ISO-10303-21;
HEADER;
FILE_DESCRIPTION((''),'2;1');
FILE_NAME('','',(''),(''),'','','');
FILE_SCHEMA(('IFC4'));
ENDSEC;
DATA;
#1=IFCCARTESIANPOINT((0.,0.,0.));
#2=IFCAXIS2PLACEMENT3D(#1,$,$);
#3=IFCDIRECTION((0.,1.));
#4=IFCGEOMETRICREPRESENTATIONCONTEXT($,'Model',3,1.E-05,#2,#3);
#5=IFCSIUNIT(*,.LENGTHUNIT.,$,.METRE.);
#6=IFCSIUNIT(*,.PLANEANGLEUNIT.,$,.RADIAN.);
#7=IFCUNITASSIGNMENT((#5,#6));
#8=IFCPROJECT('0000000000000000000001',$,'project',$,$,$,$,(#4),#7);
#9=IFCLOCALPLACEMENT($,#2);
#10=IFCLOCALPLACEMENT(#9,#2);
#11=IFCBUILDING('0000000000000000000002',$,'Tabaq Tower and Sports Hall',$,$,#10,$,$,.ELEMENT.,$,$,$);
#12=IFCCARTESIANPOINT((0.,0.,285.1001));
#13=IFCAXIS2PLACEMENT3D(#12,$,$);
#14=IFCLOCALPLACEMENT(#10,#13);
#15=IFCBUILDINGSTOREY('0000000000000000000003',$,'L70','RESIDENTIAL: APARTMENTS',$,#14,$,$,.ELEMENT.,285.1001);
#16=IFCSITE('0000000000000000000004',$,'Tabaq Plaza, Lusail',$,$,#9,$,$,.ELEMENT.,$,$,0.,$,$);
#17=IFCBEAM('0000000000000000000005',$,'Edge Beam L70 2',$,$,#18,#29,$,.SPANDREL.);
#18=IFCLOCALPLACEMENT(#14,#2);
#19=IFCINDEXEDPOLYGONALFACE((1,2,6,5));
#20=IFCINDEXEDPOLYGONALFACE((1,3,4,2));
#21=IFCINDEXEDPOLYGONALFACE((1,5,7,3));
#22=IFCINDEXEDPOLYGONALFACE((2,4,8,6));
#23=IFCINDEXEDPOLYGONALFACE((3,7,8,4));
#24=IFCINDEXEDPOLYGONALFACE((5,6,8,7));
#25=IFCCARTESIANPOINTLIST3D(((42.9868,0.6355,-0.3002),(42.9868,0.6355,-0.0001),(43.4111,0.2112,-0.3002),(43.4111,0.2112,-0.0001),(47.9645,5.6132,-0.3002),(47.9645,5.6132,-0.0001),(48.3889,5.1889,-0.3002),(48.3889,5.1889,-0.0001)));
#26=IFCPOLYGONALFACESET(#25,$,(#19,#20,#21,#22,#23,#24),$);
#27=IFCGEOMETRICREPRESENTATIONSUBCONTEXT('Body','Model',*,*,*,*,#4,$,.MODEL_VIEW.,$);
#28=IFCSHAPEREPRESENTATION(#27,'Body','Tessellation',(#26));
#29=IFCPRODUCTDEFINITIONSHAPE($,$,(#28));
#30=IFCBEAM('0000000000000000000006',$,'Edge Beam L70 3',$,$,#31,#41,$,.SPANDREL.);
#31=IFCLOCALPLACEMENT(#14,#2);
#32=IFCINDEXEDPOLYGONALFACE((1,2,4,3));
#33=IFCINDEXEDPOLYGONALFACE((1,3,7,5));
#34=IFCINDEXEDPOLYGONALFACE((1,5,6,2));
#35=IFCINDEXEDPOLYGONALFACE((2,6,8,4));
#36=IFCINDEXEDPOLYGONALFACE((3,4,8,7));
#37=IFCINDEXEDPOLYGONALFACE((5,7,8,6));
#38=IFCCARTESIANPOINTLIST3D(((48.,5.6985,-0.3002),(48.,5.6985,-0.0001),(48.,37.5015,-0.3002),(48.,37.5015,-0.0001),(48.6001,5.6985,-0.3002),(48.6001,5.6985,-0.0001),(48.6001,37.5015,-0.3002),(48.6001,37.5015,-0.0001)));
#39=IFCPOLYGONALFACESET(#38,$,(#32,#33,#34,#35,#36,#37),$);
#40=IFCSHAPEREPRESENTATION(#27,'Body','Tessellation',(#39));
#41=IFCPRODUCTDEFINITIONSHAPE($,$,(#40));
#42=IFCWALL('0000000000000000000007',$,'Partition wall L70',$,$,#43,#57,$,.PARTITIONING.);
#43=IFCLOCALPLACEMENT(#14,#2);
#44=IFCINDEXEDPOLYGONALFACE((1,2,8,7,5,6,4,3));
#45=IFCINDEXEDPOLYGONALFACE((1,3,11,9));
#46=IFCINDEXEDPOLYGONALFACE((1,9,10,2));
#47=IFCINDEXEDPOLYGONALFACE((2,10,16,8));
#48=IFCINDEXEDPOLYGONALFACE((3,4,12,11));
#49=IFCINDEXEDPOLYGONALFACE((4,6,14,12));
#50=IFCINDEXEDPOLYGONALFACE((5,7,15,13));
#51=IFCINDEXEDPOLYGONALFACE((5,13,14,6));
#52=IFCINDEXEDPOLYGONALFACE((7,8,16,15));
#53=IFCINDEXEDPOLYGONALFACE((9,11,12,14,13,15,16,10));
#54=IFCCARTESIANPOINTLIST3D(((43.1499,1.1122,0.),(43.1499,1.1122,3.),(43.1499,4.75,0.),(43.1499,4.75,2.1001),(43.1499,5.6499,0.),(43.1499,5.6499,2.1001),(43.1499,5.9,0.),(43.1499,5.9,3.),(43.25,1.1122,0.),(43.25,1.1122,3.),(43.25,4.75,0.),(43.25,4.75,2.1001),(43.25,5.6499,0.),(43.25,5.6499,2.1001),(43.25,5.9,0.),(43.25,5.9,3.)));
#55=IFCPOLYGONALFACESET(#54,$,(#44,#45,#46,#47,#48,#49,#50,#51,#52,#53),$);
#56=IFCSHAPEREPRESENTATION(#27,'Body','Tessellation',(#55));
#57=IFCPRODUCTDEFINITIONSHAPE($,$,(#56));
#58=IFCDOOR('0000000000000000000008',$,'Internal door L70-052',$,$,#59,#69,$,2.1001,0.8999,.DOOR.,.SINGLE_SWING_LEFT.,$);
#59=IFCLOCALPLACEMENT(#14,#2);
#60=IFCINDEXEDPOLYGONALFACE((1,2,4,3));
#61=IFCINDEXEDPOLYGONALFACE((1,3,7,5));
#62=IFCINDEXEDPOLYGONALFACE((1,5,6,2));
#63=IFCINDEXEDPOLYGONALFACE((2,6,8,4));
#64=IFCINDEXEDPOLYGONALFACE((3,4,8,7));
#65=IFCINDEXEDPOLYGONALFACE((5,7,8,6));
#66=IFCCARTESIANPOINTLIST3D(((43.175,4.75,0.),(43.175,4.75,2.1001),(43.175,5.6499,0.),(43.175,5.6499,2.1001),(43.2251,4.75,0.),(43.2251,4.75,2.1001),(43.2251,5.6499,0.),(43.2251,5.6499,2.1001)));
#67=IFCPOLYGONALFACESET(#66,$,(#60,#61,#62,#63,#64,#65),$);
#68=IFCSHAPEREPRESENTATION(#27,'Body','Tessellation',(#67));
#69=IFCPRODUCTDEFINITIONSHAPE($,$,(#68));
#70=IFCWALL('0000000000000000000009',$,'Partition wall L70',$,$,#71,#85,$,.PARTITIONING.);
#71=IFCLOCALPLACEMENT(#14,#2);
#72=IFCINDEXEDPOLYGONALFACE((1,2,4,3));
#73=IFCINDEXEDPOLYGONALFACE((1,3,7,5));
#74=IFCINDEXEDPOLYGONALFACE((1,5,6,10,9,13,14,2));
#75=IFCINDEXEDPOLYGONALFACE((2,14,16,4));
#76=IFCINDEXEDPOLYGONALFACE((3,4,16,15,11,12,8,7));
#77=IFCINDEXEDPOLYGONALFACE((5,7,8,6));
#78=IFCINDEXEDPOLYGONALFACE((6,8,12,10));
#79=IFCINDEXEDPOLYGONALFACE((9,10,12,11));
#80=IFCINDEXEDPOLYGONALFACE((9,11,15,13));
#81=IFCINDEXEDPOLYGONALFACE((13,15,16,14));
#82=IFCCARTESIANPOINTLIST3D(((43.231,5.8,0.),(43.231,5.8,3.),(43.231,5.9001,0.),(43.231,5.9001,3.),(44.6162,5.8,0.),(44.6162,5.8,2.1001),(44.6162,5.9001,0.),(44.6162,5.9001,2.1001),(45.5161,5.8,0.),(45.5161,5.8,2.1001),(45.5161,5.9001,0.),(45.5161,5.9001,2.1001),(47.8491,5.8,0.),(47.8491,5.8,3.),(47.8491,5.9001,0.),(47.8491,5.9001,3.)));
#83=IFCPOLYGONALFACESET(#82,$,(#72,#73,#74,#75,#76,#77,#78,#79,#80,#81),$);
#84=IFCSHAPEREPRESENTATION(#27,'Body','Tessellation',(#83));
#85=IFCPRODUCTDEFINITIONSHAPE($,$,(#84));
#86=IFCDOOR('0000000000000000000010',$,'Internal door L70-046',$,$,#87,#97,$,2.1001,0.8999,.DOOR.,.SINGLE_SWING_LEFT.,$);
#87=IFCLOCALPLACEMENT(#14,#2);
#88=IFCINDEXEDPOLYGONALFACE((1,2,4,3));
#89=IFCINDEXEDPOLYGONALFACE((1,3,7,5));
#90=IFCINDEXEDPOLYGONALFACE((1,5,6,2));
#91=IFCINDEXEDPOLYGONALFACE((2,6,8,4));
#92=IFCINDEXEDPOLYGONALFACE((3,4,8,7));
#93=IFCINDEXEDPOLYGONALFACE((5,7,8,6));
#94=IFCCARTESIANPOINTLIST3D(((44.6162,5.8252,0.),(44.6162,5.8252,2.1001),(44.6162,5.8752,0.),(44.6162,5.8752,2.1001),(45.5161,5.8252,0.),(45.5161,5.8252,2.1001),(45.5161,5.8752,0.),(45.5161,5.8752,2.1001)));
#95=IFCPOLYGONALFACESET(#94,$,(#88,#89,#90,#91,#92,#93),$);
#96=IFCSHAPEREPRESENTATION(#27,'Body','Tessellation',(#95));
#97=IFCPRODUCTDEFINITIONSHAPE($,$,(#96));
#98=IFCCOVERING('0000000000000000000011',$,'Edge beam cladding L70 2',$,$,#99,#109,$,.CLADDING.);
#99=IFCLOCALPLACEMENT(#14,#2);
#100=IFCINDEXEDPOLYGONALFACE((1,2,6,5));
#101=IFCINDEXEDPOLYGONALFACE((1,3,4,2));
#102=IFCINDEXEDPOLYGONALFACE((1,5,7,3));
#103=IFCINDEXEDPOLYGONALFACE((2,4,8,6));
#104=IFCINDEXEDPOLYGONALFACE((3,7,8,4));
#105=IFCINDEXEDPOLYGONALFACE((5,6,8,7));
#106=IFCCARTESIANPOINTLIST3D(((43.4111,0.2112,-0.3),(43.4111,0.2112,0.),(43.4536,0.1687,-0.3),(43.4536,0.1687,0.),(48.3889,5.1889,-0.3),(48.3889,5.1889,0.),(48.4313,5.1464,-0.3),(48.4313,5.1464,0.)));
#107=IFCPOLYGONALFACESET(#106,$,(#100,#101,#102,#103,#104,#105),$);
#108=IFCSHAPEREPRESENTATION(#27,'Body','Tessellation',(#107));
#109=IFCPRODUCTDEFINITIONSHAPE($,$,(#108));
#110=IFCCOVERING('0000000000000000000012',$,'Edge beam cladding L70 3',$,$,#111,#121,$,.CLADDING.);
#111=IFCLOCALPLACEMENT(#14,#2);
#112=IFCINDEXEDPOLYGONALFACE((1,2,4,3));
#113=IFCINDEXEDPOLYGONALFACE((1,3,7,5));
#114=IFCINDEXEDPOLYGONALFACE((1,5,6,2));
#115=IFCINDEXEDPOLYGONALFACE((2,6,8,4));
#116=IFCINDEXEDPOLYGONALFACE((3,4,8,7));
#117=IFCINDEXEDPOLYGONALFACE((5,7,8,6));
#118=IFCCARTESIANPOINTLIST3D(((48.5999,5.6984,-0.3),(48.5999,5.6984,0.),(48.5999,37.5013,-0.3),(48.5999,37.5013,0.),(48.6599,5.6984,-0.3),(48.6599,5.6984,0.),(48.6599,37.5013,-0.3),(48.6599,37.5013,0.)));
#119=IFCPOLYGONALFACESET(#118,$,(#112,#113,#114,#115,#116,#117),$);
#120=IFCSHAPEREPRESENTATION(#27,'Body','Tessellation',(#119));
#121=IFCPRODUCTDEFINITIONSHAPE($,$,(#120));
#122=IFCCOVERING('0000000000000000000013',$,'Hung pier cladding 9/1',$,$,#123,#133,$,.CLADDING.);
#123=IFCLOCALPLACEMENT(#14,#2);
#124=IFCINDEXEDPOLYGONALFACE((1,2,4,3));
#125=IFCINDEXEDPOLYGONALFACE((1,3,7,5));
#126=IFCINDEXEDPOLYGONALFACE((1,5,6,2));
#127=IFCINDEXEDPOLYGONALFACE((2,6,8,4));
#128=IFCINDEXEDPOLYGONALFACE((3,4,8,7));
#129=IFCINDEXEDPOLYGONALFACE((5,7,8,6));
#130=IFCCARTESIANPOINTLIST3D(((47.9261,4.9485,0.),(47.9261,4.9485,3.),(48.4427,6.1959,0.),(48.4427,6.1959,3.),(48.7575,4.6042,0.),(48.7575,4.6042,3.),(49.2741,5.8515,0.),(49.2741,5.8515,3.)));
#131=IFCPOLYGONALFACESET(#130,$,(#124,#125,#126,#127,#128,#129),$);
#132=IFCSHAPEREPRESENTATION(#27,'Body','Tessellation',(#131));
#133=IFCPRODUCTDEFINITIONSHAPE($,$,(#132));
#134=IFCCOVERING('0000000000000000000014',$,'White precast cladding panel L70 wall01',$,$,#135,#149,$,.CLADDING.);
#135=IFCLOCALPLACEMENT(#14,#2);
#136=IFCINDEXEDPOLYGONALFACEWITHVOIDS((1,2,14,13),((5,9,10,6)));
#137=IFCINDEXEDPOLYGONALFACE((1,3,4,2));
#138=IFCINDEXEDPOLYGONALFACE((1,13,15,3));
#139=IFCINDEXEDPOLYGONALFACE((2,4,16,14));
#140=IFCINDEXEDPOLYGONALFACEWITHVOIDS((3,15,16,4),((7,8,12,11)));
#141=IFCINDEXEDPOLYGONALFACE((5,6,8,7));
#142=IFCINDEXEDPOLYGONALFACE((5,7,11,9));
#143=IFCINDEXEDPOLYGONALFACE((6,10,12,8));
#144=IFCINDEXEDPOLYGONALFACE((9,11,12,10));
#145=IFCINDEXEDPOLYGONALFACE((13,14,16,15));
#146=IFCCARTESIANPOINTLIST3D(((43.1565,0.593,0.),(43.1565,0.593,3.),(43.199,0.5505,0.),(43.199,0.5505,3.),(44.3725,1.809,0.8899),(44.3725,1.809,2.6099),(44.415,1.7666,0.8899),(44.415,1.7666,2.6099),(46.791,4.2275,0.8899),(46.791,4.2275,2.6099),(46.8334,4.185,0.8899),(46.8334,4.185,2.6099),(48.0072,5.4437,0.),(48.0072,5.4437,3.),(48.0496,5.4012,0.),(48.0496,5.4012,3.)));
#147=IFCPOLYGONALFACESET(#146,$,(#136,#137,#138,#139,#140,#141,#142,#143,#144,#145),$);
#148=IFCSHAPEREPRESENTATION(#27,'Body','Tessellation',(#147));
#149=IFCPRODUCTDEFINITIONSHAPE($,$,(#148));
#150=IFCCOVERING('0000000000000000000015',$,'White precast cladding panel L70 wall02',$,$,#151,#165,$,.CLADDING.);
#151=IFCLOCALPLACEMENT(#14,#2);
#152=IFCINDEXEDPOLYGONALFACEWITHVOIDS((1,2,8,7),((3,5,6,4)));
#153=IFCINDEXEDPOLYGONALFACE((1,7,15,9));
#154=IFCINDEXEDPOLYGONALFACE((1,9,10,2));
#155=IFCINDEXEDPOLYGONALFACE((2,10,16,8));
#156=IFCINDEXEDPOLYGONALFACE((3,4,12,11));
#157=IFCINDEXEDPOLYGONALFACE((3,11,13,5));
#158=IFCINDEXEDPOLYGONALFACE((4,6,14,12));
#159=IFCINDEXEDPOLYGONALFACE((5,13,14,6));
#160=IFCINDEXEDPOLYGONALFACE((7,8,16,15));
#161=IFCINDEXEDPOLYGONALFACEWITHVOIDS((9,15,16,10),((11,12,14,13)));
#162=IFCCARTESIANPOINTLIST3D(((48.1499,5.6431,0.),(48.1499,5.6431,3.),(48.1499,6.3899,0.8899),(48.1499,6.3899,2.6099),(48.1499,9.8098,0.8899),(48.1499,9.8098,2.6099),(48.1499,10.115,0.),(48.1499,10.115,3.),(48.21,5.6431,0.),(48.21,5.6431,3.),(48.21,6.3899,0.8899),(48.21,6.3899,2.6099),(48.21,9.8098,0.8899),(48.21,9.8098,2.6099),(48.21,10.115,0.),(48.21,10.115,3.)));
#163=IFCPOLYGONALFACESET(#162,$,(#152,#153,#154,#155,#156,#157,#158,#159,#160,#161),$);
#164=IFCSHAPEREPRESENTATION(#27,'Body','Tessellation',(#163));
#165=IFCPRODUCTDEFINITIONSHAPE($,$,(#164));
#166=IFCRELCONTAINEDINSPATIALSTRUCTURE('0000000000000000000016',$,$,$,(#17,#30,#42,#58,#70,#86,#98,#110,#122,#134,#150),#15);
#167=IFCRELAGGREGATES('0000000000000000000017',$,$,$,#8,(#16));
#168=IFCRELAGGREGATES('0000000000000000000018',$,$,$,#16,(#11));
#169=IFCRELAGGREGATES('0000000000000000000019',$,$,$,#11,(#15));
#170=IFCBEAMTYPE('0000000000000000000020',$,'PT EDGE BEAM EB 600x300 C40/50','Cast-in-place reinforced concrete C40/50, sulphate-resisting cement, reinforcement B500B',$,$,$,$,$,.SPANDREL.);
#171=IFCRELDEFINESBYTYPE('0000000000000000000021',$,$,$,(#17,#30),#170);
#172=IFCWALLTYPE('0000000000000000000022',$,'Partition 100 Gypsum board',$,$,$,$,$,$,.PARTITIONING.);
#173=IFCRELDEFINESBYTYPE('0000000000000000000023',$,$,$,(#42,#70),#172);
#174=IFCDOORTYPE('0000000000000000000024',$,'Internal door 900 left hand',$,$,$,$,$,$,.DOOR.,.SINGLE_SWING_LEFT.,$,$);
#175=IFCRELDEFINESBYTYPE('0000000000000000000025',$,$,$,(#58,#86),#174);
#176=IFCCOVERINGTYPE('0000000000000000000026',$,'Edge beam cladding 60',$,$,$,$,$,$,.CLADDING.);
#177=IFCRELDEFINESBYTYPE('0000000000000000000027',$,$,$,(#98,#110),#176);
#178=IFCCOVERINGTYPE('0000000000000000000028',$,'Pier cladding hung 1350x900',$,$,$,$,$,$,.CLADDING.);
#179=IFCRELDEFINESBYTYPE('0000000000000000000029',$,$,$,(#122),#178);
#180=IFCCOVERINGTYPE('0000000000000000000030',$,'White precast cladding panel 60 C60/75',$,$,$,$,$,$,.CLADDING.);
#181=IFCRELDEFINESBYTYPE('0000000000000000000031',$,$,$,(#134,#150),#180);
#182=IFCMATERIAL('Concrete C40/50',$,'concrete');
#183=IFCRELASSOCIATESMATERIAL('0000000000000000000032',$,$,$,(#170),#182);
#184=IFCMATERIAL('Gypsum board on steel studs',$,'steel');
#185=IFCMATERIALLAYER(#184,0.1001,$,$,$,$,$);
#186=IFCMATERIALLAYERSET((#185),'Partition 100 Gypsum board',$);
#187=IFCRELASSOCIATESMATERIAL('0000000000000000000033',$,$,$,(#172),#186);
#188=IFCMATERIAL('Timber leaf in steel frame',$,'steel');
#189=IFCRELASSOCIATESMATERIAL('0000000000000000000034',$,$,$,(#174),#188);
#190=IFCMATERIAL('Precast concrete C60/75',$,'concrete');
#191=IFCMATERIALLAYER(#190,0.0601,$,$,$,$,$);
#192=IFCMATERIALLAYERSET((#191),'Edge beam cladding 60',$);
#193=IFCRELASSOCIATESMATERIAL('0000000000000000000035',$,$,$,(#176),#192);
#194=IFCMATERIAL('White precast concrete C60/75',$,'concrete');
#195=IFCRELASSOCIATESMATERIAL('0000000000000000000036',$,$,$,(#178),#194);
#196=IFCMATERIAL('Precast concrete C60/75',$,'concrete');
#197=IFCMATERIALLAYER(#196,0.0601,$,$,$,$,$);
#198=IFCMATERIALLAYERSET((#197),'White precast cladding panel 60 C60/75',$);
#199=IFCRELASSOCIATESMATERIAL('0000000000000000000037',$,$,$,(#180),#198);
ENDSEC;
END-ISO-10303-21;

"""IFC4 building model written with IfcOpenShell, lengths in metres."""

from ifc_helpers import new_model, si_unit, direction, frame, frame_2d, origin, origin_2d, place, context, subcontext, project, spatial, polyline, rectangle, outline, extrude, material, layer, layer_set, material_profile, profile_set, type_object, element, fill, save


model = new_model("IFC4")

# Units and contexts
model_context = context("Model", 3, precision=1e-05, world=origin(), true_north=direction((0.0, 1.0)))
body_context = subcontext(model_context, "Body", "Model", "MODEL_VIEW")
ifc_project = project(units=[si_unit("LENGTHUNIT", "METRE"), si_unit("PLANEANGLEUNIT", "RADIAN")], contexts=[model_context])

# Site, building, storey
site_placement = place(None, origin())
site = spatial("IfcSite", under=ifc_project, at=site_placement, Name="Tabaq Plaza, Lusail", CompositionType="ELEMENT", RefElevation=0.0)
building_placement = place(site_placement, origin())
building = spatial("IfcBuilding", under=site, at=building_placement, Name="Tabaq Tower and Sports Hall", CompositionType="ELEMENT")
storey_placement = place(building_placement, frame((0.0, 0.0, 285.1001)))
storey = spatial("IfcBuildingStorey", under=building, at=storey_placement, Name="L70", Description="RESIDENTIAL: APARTMENTS", CompositionType="ELEMENT", Elevation=285.1001)

# Beams
ifc_material_1 = material(Name="Concrete C40/50", Category="concrete")
ifc_material_profile = material_profile(ifc_material_1, rectangle(XDim=0.6001, YDim=0.3, at=origin_2d()), Name="EB 600x300")
ifc_profile_set = profile_set([ifc_material_profile], Name="Concrete C40/50")
beam_type = type_object("IfcBeamType", Name="PT EDGE BEAM EB 600x300 C40/50", Description="Cast-in-place reinforced concrete C40/50, sulphate-resisting cement, reinforcement B500B", PredefinedType="SPANDREL", material=ifc_profile_set)
beam_1_placement = place(storey_placement, frame((43.199, 0.4233, -0.1501), z_axis=(0.707107, 0.707107, 0.0), x_axis=(-0.707107, 0.707107, 0.0)))
element("IfcBeam", 1, at=beam_1_placement, inside=storey, type_object=beam_type, Name="Edge Beam L70 2", PredefinedType="SPANDREL", context=body_context, shape_type="SweptSolid", body=[
    extrude(rectangle(XDim=0.6001, YDim=0.3, at=origin_2d()), origin(), (0.0, 0.0, 1.0), 7.0396),
])
beam_2_placement = place(storey_placement, frame((48.3, 5.6985, -0.1501), z_axis=(0.0, 1.0, 0.0), x_axis=(-1.0, 0.0, 0.0)))
element("IfcBeam", 2, at=beam_2_placement, inside=storey, type_object=beam_type, Name="Edge Beam L70 3", PredefinedType="SPANDREL", context=body_context, shape_type="SweptSolid", body=[
    extrude(rectangle(XDim=0.6001, YDim=0.3, at=origin_2d()), origin(), (0.0, 0.0, 1.0), 31.803),
])

# Walls, openings, doors
ifc_material_2 = material(Name="Gypsum board on steel studs", Category="steel")
ifc_layer_1 = layer(ifc_material_2, 0.1001)
ifc_layer_set_1 = layer_set([ifc_layer_1], Name="Partition 100 Gypsum board")
wall_type_1 = type_object("IfcWallType", Name="Partition 100 Gypsum board", PredefinedType="PARTITIONING", material=ifc_layer_set_1)
wall_1_placement = place(storey_placement, frame((43.2, 1.1121, 0.0), z_axis=(0.0, 0.0, 1.0), x_axis=(0.0, 1.0, 0.0)))
wall_1 = element("IfcWall", 3, at=wall_1_placement, inside=storey, type_object=wall_type_1, Name="Partition wall L70", PredefinedType="PARTITIONING", context=body_context, shape_type="SweptSolid", body=[
    extrude(rectangle(XDim=4.7878, YDim=0.1001, at=frame_2d((2.394, 0.0))), origin(), (0.0, 0.0, 1.0), 3.0),
])
opening_1_placement = place(wall_1_placement, frame((3.6379, 0.0, 0.0)))
opening_1 = element("IfcOpeningElement", 4, at=opening_1_placement, cuts=wall_1, PredefinedType="OPENING", context=body_context, shape_type="SweptSolid", body=[
    extrude(rectangle(XDim=0.8999, YDim=2.1001, at=frame_2d((0.45, 1.05))), frame((0.0, 0.05, 0.0), z_axis=(0.0, -1.0, 0.0), x_axis=(1.0, 0.0, 0.0)), (0.0, 0.0, 1.0), 0.1001),
])
ifc_material_3 = material(Name="Timber leaf in steel frame", Category="steel")
door_type = type_object("IfcDoorType", Name="Internal door 900 left hand", OperationType="SINGLE_SWING_LEFT", PredefinedType="DOOR", material=ifc_material_3)
door_1_placement = place(opening_1_placement, origin())
door_1 = element("IfcDoor", 5, at=door_1_placement, inside=storey, type_object=door_type, Name="Internal door L70-052", OperationType="SINGLE_SWING_LEFT", OverallHeight=2.1001, OverallWidth=0.8999, PredefinedType="DOOR", context=body_context, shape_type="SweptSolid", body=[
    extrude(rectangle(XDim=0.8999, YDim=2.1001, at=frame_2d((0.45, 1.05))), frame((0.0, 0.0249, 0.0), z_axis=(0.0, -1.0, 0.0), x_axis=(1.0, 0.0, 0.0)), (0.0, 0.0, 1.0), 0.05),
])
fill(opening_1, door_1)
wall_2_placement = place(storey_placement, frame((47.8491, 5.8501, 0.0), z_axis=(0.0, 0.0, 1.0), x_axis=(-1.0, 0.0, 0.0)))
wall_2 = element("IfcWall", 6, at=wall_2_placement, inside=storey, type_object=wall_type_1, Name="Partition wall L70", PredefinedType="PARTITIONING", context=body_context, shape_type="SweptSolid", body=[
    extrude(rectangle(XDim=4.6182, YDim=0.1001, at=frame_2d((2.3091, 0.0))), origin(), (0.0, 0.0, 1.0), 3.0),
])
opening_2_placement = place(wall_2_placement, frame((2.333, 0.0, 0.0)))
opening_2 = element("IfcOpeningElement", 7, at=opening_2_placement, cuts=wall_2, PredefinedType="OPENING", context=body_context, shape_type="SweptSolid", body=[
    extrude(rectangle(XDim=0.8999, YDim=2.1001, at=frame_2d((0.45, 1.05))), frame((0.0, 0.05, 0.0), z_axis=(0.0, -1.0, 0.0), x_axis=(1.0, 0.0, 0.0)), (0.0, 0.0, 1.0), 0.1001),
])
door_2_placement = place(opening_2_placement, origin())
door_2 = element("IfcDoor", 8, at=door_2_placement, inside=storey, type_object=door_type, Name="Internal door L70-046", OperationType="SINGLE_SWING_LEFT", OverallHeight=2.1001, OverallWidth=0.8999, PredefinedType="DOOR", context=body_context, shape_type="SweptSolid", body=[
    extrude(rectangle(XDim=0.8999, YDim=2.1001, at=frame_2d((0.45, 1.05))), frame((0.0, 0.0249, 0.0), z_axis=(0.0, -1.0, 0.0), x_axis=(1.0, 0.0, 0.0)), (0.0, 0.0, 1.0), 0.05),
])
fill(opening_2, door_2)

# Coverings
ifc_material_4 = material(Name="Precast concrete C60/75", Category="concrete")
ifc_layer_2 = layer(ifc_material_4, 0.0601)
ifc_layer_set_2 = layer_set([ifc_layer_2], Name="Edge beam cladding 60")
covering_type_1 = type_object("IfcCoveringType", Name="Edge beam cladding 60", PredefinedType="CLADDING", material=ifc_layer_set_2)
covering_1_placement = place(storey_placement, frame((43.4324, 0.1899, -0.3), z_axis=(0.0, 0.0, 1.0), x_axis=(0.707107, 0.707107, 0.0)))
element("IfcCovering", 9, at=covering_1_placement, inside=storey, type_object=covering_type_1, Name="Edge beam cladding L70 2", PredefinedType="CLADDING", context=body_context, shape_type="SweptSolid", body=[
    extrude(rectangle(XDim=7.0396, YDim=0.0601, at=frame_2d((3.5198, 0.0))), origin(), (0.0, 0.0, 1.0), 0.3),
])
covering_2_placement = place(storey_placement, frame((48.6299, 5.6985, -0.3), z_axis=(0.0, 0.0, 1.0), x_axis=(0.0, 1.0, 0.0)))
element("IfcCovering", 10, at=covering_2_placement, inside=storey, type_object=covering_type_1, Name="Edge beam cladding L70 3", PredefinedType="CLADDING", context=body_context, shape_type="SweptSolid", body=[
    extrude(rectangle(XDim=31.803, YDim=0.0601, at=frame_2d((15.9014, 0.0))), origin(), (0.0, 0.0, 1.0), 0.3),
])
ifc_material_5 = material(Name="White precast concrete C60/75", Category="concrete")
covering_type_2 = type_object("IfcCoveringType", Name="Pier cladding hung 1350x900", PredefinedType="CLADDING", material=ifc_material_5)
covering_3_placement = place(storey_placement, frame((48.3418, 4.7764, 0.0), z_axis=(0.0, 0.0, 1.0), x_axis=(0.38265, 0.923893, 0.0)))
element("IfcCovering", 11, at=covering_3_placement, inside=storey, type_object=covering_type_2, Name="Hung pier cladding 9/1", PredefinedType="CLADDING", context=body_context, shape_type="SweptSolid", body=[
    extrude(rectangle(XDim=1.3501, YDim=0.8999, at=frame_2d((0.675, 0.0))), origin(), (0.0, 0.0, 1.0), 3.0),
])
ifc_material_6 = material(Name="Precast concrete C60/75", Category="concrete")
ifc_layer_3 = layer(ifc_material_6, 0.0601)
ifc_layer_set_3 = layer_set([ifc_layer_3], Name="White precast cladding panel 60 C60/75")
covering_type_3 = type_object("IfcCoveringType", Name="White precast cladding panel 60 C60/75", PredefinedType="CLADDING", material=ifc_layer_set_3)
covering_4_placement = place(storey_placement, frame((43.1777, 0.5718, 0.0), z_axis=(0.0, 0.0, 1.0), x_axis=(0.707107, 0.707107, 0.0)))
element("IfcCovering", 12, at=covering_4_placement, inside=storey, type_object=covering_type_3, Name="White precast cladding panel L70 wall01", PredefinedType="CLADDING", context=body_context, shape_type="SweptSolid", body=[
    extrude(outline(polyline([(0.0, 0.0), (6.8599, 0.0), (6.8599, 3.0), (0.0, 3.0), (0.0, 0.0)]), holes=[polyline([(1.7197, 0.8899), (1.7197, 2.6099), (5.1399, 2.6099), (5.1399, 0.8899), (1.7197, 0.8899)])]), frame((0.0, 0.03, 0.0), z_axis=(0.0, -1.0, 0.0), x_axis=(1.0, 0.0, 0.0)), (0.0, 0.0, 1.0), 0.0601),
])
covering_5_placement = place(storey_placement, frame((48.1799, 5.6431, 0.0), z_axis=(0.0, 0.0, 1.0), x_axis=(0.0, 1.0, 0.0)))
element("IfcCovering", 13, at=covering_5_placement, inside=storey, type_object=covering_type_3, Name="White precast cladding panel L70 wall02", PredefinedType="CLADDING", context=body_context, shape_type="SweptSolid", body=[
    extrude(outline(polyline([(0.0, 0.0), (4.4719, 0.0), (4.4719, 3.0), (0.0, 3.0), (0.0, 0.0)]), holes=[polyline([(0.7468, 0.8899), (0.7468, 2.6099), (4.1667, 2.6099), (4.1667, 0.8899), (0.7468, 0.8899)])]), frame((0.0, 0.03, 0.0), z_axis=(0.0, -1.0, 0.0), x_axis=(1.0, 0.0, 0.0)), (0.0, 0.0, 1.0), 0.0601),
])

save(model, "model.ifc")
